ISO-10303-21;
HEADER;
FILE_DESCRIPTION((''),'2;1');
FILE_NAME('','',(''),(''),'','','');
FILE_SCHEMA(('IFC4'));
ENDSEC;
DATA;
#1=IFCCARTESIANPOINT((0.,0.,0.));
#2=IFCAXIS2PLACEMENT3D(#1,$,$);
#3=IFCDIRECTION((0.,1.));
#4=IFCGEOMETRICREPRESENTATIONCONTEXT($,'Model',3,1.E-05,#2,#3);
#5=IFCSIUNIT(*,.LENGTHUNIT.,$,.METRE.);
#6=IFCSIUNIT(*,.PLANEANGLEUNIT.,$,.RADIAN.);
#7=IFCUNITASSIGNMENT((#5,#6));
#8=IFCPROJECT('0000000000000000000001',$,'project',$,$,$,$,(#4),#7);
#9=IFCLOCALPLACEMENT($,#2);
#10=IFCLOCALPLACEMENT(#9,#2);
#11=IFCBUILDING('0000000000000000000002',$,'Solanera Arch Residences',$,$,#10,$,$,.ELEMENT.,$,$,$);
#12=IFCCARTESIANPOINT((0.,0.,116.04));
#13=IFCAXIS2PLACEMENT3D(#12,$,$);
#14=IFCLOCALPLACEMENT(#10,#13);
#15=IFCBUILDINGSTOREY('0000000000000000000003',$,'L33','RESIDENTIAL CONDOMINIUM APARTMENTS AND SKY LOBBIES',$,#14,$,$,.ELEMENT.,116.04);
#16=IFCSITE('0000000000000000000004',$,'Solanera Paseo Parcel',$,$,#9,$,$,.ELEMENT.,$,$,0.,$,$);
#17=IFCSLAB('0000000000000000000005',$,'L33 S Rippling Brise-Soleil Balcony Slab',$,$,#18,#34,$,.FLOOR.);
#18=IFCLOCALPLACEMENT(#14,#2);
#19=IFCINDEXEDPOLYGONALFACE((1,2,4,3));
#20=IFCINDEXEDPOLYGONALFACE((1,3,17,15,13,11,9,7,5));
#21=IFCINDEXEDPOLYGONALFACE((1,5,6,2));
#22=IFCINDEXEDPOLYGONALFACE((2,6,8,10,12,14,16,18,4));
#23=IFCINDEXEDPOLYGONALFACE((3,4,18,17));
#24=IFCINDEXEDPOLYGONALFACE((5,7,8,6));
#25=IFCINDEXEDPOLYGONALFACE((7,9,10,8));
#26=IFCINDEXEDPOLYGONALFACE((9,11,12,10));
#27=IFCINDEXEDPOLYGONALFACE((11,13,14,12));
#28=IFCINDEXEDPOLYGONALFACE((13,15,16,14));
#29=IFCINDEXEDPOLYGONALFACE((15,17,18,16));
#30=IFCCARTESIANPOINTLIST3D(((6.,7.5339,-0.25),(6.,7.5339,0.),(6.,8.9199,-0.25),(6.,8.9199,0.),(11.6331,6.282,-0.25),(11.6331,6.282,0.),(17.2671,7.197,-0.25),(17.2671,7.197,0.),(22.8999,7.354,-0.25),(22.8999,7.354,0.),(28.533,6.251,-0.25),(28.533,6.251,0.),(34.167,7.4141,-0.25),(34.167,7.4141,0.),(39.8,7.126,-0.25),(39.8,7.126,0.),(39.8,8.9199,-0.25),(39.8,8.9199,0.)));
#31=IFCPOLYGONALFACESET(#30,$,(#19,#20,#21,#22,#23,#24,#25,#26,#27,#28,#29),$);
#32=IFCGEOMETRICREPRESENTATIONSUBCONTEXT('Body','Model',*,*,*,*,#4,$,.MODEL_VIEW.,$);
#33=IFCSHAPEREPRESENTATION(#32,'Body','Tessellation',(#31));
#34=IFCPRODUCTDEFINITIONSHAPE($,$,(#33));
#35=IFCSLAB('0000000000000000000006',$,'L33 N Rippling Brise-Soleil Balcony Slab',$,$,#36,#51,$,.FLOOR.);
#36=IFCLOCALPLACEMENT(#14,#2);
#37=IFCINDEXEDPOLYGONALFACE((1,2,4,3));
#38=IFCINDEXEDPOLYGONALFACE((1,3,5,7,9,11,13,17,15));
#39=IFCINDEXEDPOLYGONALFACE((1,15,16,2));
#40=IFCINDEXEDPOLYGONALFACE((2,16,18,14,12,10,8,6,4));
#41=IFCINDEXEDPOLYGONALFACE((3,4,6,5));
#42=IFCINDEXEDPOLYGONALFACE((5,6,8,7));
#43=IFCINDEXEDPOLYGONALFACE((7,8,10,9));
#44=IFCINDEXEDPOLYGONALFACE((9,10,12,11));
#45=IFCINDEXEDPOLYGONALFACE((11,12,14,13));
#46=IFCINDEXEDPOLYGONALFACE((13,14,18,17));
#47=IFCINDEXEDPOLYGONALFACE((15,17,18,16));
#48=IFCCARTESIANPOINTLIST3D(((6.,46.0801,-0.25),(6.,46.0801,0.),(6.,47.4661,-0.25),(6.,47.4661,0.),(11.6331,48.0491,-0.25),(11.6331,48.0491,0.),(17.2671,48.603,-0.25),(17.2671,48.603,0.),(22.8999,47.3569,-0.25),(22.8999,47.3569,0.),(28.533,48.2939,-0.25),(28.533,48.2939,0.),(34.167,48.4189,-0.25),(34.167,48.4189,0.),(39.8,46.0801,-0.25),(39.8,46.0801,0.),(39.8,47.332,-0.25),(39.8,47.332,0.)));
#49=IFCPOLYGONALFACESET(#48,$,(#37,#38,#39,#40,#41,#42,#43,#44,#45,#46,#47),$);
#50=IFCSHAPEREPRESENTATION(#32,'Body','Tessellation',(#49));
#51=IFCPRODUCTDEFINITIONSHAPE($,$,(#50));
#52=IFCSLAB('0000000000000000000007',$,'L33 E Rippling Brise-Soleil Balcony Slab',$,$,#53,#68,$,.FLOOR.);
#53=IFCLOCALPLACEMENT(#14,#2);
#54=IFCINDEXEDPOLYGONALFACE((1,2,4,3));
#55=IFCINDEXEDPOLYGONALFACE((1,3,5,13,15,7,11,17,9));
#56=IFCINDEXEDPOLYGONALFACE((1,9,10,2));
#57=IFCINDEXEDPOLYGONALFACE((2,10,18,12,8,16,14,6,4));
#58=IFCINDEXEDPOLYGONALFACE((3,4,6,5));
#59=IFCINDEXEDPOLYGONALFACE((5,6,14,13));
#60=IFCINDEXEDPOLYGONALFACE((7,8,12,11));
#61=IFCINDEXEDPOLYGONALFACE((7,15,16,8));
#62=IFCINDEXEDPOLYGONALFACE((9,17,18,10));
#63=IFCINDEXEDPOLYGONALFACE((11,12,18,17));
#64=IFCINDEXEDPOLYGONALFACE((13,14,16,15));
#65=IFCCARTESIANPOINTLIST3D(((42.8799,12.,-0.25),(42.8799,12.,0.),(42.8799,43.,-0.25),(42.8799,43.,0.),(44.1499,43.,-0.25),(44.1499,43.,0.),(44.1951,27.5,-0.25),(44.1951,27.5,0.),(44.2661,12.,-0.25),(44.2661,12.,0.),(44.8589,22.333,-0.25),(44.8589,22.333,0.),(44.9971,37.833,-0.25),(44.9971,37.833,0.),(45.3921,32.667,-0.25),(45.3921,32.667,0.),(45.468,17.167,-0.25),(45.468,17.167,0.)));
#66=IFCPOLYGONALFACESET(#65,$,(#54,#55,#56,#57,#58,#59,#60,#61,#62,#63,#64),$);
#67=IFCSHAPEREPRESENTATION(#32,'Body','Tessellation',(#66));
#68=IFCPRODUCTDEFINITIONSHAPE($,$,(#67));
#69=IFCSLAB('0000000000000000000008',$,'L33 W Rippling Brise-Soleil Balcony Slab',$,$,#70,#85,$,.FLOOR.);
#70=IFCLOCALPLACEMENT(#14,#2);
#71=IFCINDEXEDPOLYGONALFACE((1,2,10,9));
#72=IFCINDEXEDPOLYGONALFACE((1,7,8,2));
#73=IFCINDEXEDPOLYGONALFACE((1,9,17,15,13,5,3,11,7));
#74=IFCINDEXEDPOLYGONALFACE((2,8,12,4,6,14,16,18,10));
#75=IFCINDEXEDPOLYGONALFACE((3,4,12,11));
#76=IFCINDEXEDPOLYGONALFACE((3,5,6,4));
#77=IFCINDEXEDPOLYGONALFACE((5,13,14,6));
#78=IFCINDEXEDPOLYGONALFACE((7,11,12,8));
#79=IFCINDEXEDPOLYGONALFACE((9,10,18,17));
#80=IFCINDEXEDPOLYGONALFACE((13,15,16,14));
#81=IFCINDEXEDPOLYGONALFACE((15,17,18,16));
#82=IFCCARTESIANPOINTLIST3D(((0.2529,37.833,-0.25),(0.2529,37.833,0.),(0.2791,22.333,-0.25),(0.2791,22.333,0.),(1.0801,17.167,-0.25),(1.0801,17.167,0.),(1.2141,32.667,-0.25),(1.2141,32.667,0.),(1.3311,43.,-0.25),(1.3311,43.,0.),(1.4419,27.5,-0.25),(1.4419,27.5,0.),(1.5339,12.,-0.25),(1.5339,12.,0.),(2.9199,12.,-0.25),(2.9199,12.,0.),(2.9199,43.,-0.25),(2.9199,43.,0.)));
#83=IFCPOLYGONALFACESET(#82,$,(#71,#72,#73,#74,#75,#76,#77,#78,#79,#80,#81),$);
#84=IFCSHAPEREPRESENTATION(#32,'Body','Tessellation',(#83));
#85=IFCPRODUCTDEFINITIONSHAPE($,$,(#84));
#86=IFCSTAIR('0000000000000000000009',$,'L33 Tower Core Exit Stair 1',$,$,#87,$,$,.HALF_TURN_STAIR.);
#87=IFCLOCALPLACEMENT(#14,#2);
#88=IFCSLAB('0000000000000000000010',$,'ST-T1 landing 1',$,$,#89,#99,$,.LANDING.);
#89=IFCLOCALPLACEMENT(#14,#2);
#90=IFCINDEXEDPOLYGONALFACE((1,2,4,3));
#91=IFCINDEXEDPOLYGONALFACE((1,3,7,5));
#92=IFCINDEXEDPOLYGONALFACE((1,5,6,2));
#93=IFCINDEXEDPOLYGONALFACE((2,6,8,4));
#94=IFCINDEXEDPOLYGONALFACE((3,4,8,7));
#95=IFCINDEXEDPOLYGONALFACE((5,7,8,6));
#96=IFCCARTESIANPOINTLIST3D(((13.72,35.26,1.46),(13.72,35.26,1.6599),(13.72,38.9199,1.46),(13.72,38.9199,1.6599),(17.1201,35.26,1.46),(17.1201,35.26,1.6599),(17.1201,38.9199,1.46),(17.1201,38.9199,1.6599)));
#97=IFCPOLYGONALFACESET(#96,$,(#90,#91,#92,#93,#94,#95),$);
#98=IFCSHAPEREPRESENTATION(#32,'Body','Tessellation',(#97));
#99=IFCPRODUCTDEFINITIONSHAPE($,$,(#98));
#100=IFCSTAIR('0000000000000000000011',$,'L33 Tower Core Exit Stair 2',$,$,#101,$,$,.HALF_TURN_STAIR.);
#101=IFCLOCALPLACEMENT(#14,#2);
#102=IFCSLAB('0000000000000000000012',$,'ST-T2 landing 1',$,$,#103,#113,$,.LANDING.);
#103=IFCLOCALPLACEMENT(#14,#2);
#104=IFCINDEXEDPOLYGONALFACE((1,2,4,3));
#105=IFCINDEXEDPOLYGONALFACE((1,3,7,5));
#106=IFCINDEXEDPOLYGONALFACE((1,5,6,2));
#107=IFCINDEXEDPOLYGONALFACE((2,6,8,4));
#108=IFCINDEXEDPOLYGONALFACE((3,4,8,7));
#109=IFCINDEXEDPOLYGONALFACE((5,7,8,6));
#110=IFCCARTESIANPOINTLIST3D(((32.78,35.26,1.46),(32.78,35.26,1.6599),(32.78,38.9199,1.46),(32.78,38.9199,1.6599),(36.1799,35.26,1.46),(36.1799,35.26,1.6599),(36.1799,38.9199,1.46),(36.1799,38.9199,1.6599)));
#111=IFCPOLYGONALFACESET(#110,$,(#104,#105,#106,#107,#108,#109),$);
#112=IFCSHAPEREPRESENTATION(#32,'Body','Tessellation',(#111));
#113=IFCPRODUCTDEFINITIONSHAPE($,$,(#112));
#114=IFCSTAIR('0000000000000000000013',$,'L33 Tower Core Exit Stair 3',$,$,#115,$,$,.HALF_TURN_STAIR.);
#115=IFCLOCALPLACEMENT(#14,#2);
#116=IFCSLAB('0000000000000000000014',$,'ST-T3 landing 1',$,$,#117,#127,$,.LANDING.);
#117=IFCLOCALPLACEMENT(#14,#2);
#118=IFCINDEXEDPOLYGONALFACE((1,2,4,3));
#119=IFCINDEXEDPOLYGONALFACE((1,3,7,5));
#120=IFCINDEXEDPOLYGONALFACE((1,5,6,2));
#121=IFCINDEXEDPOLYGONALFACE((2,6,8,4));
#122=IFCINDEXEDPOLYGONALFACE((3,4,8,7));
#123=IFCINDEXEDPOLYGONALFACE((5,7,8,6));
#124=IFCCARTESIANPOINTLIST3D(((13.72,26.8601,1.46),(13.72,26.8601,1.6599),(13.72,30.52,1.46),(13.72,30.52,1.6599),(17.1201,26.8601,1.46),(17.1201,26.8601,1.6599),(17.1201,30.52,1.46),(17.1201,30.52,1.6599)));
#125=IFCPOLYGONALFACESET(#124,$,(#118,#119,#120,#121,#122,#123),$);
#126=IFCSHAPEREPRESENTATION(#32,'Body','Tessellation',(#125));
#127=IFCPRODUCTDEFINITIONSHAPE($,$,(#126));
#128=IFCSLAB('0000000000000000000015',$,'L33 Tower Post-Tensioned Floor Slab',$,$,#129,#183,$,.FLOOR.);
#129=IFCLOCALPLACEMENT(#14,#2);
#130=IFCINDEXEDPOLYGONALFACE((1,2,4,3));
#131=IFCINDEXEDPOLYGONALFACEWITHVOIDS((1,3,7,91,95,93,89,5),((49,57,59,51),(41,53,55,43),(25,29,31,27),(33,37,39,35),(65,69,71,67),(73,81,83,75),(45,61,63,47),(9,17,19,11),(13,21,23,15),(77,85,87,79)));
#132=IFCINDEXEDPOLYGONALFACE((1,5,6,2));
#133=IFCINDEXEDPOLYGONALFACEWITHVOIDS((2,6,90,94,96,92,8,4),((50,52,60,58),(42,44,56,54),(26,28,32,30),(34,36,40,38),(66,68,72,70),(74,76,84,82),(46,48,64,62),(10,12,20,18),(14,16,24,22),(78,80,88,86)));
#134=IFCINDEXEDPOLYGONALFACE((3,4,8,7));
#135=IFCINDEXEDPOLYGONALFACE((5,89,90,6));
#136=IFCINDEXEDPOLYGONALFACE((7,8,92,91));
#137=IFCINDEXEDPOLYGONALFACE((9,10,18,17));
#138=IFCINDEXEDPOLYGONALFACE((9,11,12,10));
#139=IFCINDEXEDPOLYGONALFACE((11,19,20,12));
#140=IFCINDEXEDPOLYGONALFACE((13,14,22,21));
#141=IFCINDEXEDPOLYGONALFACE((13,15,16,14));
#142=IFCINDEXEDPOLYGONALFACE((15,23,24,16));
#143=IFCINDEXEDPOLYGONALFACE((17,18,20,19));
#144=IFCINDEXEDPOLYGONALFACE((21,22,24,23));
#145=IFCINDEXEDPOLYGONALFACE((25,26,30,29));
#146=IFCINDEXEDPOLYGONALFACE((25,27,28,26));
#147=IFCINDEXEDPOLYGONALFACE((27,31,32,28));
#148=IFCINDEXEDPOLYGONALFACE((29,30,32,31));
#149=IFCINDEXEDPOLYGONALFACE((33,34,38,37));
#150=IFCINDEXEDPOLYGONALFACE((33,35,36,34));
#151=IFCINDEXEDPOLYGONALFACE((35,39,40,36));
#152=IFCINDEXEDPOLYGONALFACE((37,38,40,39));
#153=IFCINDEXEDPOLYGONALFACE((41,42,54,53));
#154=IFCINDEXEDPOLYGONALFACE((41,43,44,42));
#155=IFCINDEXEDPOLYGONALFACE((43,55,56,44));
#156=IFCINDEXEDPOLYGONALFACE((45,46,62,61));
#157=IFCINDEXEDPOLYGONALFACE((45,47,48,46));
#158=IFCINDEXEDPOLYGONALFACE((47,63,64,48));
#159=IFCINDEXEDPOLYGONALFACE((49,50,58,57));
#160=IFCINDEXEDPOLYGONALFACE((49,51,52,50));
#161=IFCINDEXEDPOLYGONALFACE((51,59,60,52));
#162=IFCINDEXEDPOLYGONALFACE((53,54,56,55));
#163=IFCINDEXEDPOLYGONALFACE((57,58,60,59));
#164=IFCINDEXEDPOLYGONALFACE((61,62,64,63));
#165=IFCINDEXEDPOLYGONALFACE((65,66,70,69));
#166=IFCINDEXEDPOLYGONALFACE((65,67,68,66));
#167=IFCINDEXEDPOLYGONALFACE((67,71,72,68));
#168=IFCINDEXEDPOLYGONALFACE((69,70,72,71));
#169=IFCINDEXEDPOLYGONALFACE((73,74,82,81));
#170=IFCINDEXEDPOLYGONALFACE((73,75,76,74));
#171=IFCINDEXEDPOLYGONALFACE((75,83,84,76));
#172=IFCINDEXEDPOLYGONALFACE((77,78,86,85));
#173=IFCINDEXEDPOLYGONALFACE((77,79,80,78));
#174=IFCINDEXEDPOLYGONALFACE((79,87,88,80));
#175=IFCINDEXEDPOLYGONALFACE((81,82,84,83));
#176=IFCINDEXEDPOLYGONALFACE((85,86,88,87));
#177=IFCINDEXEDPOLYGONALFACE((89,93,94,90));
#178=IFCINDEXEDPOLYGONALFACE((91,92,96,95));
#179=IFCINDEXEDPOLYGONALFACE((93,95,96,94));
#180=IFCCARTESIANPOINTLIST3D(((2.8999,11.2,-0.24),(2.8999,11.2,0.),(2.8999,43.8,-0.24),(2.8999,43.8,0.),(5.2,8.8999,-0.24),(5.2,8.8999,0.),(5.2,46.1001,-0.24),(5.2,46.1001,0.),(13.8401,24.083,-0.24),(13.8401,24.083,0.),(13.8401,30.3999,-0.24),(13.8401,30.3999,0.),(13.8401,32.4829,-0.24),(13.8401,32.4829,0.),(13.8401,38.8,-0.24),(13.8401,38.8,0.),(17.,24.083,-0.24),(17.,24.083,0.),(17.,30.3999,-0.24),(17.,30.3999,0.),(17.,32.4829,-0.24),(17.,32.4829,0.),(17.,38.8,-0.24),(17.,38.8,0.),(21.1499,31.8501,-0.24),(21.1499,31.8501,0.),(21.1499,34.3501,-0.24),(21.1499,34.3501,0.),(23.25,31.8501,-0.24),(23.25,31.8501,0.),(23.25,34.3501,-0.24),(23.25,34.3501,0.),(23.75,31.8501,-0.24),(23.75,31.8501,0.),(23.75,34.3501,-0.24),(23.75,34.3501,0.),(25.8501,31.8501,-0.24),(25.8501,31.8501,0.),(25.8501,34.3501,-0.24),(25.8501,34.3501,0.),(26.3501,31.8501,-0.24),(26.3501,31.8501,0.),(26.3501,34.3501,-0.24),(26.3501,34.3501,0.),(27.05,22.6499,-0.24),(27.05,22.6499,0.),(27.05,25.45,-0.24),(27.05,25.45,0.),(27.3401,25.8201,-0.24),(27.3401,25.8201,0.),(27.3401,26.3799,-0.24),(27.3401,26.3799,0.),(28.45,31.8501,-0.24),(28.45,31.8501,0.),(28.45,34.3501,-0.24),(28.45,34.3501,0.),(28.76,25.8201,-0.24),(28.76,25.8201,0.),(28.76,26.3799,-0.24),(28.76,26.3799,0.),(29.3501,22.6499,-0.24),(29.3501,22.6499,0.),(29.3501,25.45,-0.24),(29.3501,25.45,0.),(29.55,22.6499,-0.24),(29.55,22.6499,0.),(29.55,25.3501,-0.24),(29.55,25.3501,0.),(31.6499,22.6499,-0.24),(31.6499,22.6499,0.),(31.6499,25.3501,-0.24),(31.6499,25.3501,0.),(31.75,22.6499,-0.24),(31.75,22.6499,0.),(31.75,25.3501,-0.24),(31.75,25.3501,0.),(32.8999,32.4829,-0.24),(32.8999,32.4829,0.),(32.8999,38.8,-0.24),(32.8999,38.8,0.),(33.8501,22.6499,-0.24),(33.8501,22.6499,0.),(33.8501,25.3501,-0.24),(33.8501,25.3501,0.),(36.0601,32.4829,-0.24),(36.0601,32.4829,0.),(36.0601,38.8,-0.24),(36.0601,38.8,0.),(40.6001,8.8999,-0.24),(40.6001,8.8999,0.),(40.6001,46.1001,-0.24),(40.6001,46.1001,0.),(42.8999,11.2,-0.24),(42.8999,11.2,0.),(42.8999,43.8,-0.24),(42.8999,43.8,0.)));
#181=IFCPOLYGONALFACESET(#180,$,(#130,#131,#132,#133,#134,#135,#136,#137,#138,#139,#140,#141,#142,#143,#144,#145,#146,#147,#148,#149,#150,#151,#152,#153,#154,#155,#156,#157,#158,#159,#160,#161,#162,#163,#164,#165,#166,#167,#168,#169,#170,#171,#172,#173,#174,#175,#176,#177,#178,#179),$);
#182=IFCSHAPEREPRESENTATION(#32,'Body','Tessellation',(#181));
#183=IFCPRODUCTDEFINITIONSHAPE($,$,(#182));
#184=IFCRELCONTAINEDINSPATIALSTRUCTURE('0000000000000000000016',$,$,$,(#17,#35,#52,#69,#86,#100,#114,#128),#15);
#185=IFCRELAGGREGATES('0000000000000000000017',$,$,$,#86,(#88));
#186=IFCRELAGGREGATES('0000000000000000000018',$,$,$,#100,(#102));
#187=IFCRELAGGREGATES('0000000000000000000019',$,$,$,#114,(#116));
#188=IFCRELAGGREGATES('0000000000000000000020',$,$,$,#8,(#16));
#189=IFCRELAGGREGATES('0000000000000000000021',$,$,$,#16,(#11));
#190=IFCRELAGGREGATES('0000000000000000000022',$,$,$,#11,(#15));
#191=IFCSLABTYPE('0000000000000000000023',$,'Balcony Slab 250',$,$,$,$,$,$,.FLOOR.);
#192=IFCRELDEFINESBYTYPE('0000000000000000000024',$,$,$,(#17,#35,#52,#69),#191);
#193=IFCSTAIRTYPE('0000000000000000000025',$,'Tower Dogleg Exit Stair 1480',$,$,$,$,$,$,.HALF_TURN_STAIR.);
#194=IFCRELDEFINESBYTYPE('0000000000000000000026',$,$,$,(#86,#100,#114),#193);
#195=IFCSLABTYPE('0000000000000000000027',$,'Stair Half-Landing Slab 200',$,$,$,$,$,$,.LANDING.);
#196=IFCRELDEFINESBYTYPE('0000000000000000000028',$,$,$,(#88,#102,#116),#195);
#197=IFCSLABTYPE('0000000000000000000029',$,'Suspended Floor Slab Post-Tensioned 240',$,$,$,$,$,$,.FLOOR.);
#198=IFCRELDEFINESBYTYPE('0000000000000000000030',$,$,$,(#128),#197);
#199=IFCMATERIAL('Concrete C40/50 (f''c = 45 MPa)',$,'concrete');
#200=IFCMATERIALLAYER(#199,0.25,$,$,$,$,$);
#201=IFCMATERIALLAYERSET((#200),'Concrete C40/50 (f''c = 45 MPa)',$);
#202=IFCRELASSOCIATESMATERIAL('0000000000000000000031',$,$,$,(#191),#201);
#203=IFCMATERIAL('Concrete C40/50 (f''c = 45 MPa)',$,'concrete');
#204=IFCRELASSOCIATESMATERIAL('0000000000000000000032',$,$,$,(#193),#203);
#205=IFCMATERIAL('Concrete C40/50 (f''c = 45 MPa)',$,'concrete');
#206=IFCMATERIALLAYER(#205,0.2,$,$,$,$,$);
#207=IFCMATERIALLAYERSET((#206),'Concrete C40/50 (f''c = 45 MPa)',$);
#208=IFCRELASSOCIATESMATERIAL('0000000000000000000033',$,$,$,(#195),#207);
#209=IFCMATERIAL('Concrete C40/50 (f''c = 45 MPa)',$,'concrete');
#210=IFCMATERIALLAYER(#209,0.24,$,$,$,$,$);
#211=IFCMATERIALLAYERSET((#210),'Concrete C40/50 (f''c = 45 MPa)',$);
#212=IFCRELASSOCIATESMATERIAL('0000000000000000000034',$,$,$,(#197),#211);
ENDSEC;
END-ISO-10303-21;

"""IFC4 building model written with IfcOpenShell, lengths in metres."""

from ifc_helpers import new_model, si_unit, direction, frame, origin, place, context, subcontext, project, spatial, polyline, outline, extrude, material, layer, layer_set, type_object, element, aggregate, save


model = new_model("IFC4")

# Units and contexts
model_context = context("Model", 3, precision=1e-05, world=origin(), true_north=direction((0.0, 1.0)))
body_context = subcontext(model_context, "Body", "Model", "MODEL_VIEW")
ifc_project = project(units=[si_unit("LENGTHUNIT", "METRE"), si_unit("PLANEANGLEUNIT", "RADIAN")], contexts=[model_context])

# Site, building, storey
site_placement = place(None, origin())
site = spatial("IfcSite", under=ifc_project, at=site_placement, Name="Solanera Paseo Parcel", CompositionType="ELEMENT", RefElevation=0.0)
building_placement = place(site_placement, origin())
building = spatial("IfcBuilding", under=site, at=building_placement, Name="Solanera Arch Residences", CompositionType="ELEMENT")
storey_placement = place(building_placement, frame((0.0, 0.0, 116.04)))
storey = spatial("IfcBuildingStorey", under=building, at=storey_placement, Name="L33", Description="RESIDENTIAL CONDOMINIUM APARTMENTS AND SKY LOBBIES", CompositionType="ELEMENT", Elevation=116.04)

# Slabs
ifc_material_1 = material(Name="Concrete C40/50 (f'c = 45 MPa)", Category="concrete")
ifc_layer_1 = layer(ifc_material_1, 0.25)
ifc_layer_set_1 = layer_set([ifc_layer_1], Name="Concrete C40/50 (f'c = 45 MPa)")
slab_type_1 = type_object("IfcSlabType", Name="Balcony Slab 250", PredefinedType="FLOOR", material=ifc_layer_set_1)
slab_1_placement = place(storey_placement, frame((0.0, 0.0, -0.25)))
element("IfcSlab", 1, at=slab_1_placement, inside=storey, type_object=slab_type_1, Name="L33 S Rippling Brise-Soleil Balcony Slab", PredefinedType="FLOOR", context=body_context, shape_type="SweptSolid", body=[
    extrude(outline(polyline([(6.0, 7.5339), (11.6331, 6.282), (17.2671, 7.197), (22.8999, 7.354), (28.533, 6.251), (34.167, 7.4141), (39.8, 7.126), (39.8, 8.9199), (6.0, 8.9199), (6.0, 7.5339)])), origin(), (0.0, 0.0, 1.0), 0.25),
])
slab_2_placement = place(storey_placement, frame((0.0, 0.0, -0.25)))
element("IfcSlab", 2, at=slab_2_placement, inside=storey, type_object=slab_type_1, Name="L33 N Rippling Brise-Soleil Balcony Slab", PredefinedType="FLOOR", context=body_context, shape_type="SweptSolid", body=[
    extrude(outline(polyline([(39.8, 47.332), (34.167, 48.4189), (28.533, 48.2939), (22.8999, 47.3569), (17.2671, 48.603), (11.6331, 48.0491), (6.0, 47.4661), (6.0, 46.0801), (39.8, 46.0801), (39.8, 47.332)])), origin(), (0.0, 0.0, 1.0), 0.25),
])
slab_3_placement = place(storey_placement, frame((0.0, 0.0, -0.25)))
element("IfcSlab", 3, at=slab_3_placement, inside=storey, type_object=slab_type_1, Name="L33 E Rippling Brise-Soleil Balcony Slab", PredefinedType="FLOOR", context=body_context, shape_type="SweptSolid", body=[
    extrude(outline(polyline([(44.2661, 12.0), (45.468, 17.167), (44.8589, 22.333), (44.1951, 27.5), (45.3921, 32.667), (44.9971, 37.833), (44.1499, 43.0), (42.8799, 43.0), (42.8799, 12.0), (44.2661, 12.0)])), origin(), (0.0, 0.0, 1.0), 0.25),
])
slab_4_placement = place(storey_placement, frame((0.0, 0.0, -0.25)))
element("IfcSlab", 4, at=slab_4_placement, inside=storey, type_object=slab_type_1, Name="L33 W Rippling Brise-Soleil Balcony Slab", PredefinedType="FLOOR", context=body_context, shape_type="SweptSolid", body=[
    extrude(outline(polyline([(1.3311, 43.0), (0.2529, 37.833), (1.2141, 32.667), (1.4419, 27.5), (0.2791, 22.333), (1.0801, 17.167), (1.5339, 12.0), (2.9199, 12.0), (2.9199, 43.0), (1.3311, 43.0)])), origin(), (0.0, 0.0, 1.0), 0.25),
])

# Stairs, slabs
ifc_material_2 = material(Name="Concrete C40/50 (f'c = 45 MPa)", Category="concrete")
stair_type = type_object("IfcStairType", Name="Tower Dogleg Exit Stair 1480", PredefinedType="HALF_TURN_STAIR", material=ifc_material_2)
stair_1_placement = place(storey_placement, origin())
stair_1 = element("IfcStair", 5, at=stair_1_placement, inside=storey, type_object=stair_type, Name="L33 Tower Core Exit Stair 1", PredefinedType="HALF_TURN_STAIR")
ifc_material_3 = material(Name="Concrete C40/50 (f'c = 45 MPa)", Category="concrete")
ifc_layer_2 = layer(ifc_material_3, 0.2)
ifc_layer_set_2 = layer_set([ifc_layer_2], Name="Concrete C40/50 (f'c = 45 MPa)")
slab_type_2 = type_object("IfcSlabType", Name="Stair Half-Landing Slab 200", PredefinedType="LANDING", material=ifc_layer_set_2)
slab_5_placement = place(storey_placement, frame((0.0, 0.0, 1.46)))
slab_5 = element("IfcSlab", 6, at=slab_5_placement, type_object=slab_type_2, Name="ST-T1 landing 1", PredefinedType="LANDING", context=body_context, shape_type="SweptSolid", body=[
    extrude(outline(polyline([(17.1201, 35.26), (17.1201, 38.9199), (13.72, 38.9199), (13.72, 35.26), (17.1201, 35.26)])), origin(), (0.0, 0.0, 1.0), 0.2),
])
aggregate(stair_1, [slab_5])
stair_2_placement = place(storey_placement, origin())
stair_2 = element("IfcStair", 7, at=stair_2_placement, inside=storey, type_object=stair_type, Name="L33 Tower Core Exit Stair 2", PredefinedType="HALF_TURN_STAIR")
slab_6_placement = place(storey_placement, frame((0.0, 0.0, 1.46)))
slab_6 = element("IfcSlab", 8, at=slab_6_placement, type_object=slab_type_2, Name="ST-T2 landing 1", PredefinedType="LANDING", context=body_context, shape_type="SweptSolid", body=[
    extrude(outline(polyline([(36.1799, 35.26), (36.1799, 38.9199), (32.78, 38.9199), (32.78, 35.26), (36.1799, 35.26)])), origin(), (0.0, 0.0, 1.0), 0.2),
])
aggregate(stair_2, [slab_6])
stair_3_placement = place(storey_placement, origin())
stair_3 = element("IfcStair", 9, at=stair_3_placement, inside=storey, type_object=stair_type, Name="L33 Tower Core Exit Stair 3", PredefinedType="HALF_TURN_STAIR")
slab_7_placement = place(storey_placement, frame((0.0, 0.0, 1.46)))
slab_7 = element("IfcSlab", 10, at=slab_7_placement, type_object=slab_type_2, Name="ST-T3 landing 1", PredefinedType="LANDING", context=body_context, shape_type="SweptSolid", body=[
    extrude(outline(polyline([(17.1201, 26.8601), (17.1201, 30.52), (13.72, 30.52), (13.72, 26.8601), (17.1201, 26.8601)])), origin(), (0.0, 0.0, 1.0), 0.2),
])
aggregate(stair_3, [slab_7])

# Slab
ifc_material_4 = material(Name="Concrete C40/50 (f'c = 45 MPa)", Category="concrete")
ifc_layer_3 = layer(ifc_material_4, 0.24)
ifc_layer_set_3 = layer_set([ifc_layer_3], Name="Concrete C40/50 (f'c = 45 MPa)")
slab_type_3 = type_object("IfcSlabType", Name="Suspended Floor Slab Post-Tensioned 240", PredefinedType="FLOOR", material=ifc_layer_set_3)
slab_8_placement = place(storey_placement, frame((0.0, 0.0, -0.24)))
element("IfcSlab", 11, at=slab_8_placement, inside=storey, type_object=slab_type_3, Name="L33 Tower Post-Tensioned Floor Slab", PredefinedType="FLOOR", context=body_context, shape_type="SweptSolid", body=[
    extrude(outline(polyline([(5.2, 8.8999), (40.6001, 8.8999), (42.8999, 11.2), (42.8999, 43.8), (40.6001, 46.1001), (5.2, 46.1001), (2.8999, 43.8), (2.8999, 11.2), (5.2, 8.8999)]), holes=[polyline([(13.8401, 32.4829), (13.8401, 38.8), (17.0, 38.8), (17.0, 32.4829), (13.8401, 32.4829)]), polyline([(32.8999, 32.4829), (32.8999, 38.8), (36.0601, 38.8), (36.0601, 32.4829), (32.8999, 32.4829)]), polyline([(13.8401, 24.083), (13.8401, 30.3999), (17.0, 30.3999), (17.0, 24.083), (13.8401, 24.083)]), polyline([(21.1499, 34.3501), (23.25, 34.3501), (23.25, 31.8501), (21.1499, 31.8501), (21.1499, 34.3501)]), polyline([(23.75, 34.3501), (25.8501, 34.3501), (25.8501, 31.8501), (23.75, 31.8501), (23.75, 34.3501)]), polyline([(26.3501, 34.3501), (28.45, 34.3501), (28.45, 31.8501), (26.3501, 31.8501), (26.3501, 34.3501)]), polyline([(29.55, 25.3501), (31.6499, 25.3501), (31.6499, 22.6499), (29.55, 22.6499), (29.55, 25.3501)]), polyline([(31.75, 25.3501), (33.8501, 25.3501), (33.8501, 22.6499), (31.75, 22.6499), (31.75, 25.3501)]), polyline([(27.05, 25.45), (29.3501, 25.45), (29.3501, 22.6499), (27.05, 22.6499), (27.05, 25.45)]), polyline([(27.3401, 26.3799), (28.76, 26.3799), (28.76, 25.8201), (27.3401, 25.8201), (27.3401, 26.3799)])]), origin(), (0.0, 0.0, 1.0), 0.24),
])

save(model, "model.ifc")
